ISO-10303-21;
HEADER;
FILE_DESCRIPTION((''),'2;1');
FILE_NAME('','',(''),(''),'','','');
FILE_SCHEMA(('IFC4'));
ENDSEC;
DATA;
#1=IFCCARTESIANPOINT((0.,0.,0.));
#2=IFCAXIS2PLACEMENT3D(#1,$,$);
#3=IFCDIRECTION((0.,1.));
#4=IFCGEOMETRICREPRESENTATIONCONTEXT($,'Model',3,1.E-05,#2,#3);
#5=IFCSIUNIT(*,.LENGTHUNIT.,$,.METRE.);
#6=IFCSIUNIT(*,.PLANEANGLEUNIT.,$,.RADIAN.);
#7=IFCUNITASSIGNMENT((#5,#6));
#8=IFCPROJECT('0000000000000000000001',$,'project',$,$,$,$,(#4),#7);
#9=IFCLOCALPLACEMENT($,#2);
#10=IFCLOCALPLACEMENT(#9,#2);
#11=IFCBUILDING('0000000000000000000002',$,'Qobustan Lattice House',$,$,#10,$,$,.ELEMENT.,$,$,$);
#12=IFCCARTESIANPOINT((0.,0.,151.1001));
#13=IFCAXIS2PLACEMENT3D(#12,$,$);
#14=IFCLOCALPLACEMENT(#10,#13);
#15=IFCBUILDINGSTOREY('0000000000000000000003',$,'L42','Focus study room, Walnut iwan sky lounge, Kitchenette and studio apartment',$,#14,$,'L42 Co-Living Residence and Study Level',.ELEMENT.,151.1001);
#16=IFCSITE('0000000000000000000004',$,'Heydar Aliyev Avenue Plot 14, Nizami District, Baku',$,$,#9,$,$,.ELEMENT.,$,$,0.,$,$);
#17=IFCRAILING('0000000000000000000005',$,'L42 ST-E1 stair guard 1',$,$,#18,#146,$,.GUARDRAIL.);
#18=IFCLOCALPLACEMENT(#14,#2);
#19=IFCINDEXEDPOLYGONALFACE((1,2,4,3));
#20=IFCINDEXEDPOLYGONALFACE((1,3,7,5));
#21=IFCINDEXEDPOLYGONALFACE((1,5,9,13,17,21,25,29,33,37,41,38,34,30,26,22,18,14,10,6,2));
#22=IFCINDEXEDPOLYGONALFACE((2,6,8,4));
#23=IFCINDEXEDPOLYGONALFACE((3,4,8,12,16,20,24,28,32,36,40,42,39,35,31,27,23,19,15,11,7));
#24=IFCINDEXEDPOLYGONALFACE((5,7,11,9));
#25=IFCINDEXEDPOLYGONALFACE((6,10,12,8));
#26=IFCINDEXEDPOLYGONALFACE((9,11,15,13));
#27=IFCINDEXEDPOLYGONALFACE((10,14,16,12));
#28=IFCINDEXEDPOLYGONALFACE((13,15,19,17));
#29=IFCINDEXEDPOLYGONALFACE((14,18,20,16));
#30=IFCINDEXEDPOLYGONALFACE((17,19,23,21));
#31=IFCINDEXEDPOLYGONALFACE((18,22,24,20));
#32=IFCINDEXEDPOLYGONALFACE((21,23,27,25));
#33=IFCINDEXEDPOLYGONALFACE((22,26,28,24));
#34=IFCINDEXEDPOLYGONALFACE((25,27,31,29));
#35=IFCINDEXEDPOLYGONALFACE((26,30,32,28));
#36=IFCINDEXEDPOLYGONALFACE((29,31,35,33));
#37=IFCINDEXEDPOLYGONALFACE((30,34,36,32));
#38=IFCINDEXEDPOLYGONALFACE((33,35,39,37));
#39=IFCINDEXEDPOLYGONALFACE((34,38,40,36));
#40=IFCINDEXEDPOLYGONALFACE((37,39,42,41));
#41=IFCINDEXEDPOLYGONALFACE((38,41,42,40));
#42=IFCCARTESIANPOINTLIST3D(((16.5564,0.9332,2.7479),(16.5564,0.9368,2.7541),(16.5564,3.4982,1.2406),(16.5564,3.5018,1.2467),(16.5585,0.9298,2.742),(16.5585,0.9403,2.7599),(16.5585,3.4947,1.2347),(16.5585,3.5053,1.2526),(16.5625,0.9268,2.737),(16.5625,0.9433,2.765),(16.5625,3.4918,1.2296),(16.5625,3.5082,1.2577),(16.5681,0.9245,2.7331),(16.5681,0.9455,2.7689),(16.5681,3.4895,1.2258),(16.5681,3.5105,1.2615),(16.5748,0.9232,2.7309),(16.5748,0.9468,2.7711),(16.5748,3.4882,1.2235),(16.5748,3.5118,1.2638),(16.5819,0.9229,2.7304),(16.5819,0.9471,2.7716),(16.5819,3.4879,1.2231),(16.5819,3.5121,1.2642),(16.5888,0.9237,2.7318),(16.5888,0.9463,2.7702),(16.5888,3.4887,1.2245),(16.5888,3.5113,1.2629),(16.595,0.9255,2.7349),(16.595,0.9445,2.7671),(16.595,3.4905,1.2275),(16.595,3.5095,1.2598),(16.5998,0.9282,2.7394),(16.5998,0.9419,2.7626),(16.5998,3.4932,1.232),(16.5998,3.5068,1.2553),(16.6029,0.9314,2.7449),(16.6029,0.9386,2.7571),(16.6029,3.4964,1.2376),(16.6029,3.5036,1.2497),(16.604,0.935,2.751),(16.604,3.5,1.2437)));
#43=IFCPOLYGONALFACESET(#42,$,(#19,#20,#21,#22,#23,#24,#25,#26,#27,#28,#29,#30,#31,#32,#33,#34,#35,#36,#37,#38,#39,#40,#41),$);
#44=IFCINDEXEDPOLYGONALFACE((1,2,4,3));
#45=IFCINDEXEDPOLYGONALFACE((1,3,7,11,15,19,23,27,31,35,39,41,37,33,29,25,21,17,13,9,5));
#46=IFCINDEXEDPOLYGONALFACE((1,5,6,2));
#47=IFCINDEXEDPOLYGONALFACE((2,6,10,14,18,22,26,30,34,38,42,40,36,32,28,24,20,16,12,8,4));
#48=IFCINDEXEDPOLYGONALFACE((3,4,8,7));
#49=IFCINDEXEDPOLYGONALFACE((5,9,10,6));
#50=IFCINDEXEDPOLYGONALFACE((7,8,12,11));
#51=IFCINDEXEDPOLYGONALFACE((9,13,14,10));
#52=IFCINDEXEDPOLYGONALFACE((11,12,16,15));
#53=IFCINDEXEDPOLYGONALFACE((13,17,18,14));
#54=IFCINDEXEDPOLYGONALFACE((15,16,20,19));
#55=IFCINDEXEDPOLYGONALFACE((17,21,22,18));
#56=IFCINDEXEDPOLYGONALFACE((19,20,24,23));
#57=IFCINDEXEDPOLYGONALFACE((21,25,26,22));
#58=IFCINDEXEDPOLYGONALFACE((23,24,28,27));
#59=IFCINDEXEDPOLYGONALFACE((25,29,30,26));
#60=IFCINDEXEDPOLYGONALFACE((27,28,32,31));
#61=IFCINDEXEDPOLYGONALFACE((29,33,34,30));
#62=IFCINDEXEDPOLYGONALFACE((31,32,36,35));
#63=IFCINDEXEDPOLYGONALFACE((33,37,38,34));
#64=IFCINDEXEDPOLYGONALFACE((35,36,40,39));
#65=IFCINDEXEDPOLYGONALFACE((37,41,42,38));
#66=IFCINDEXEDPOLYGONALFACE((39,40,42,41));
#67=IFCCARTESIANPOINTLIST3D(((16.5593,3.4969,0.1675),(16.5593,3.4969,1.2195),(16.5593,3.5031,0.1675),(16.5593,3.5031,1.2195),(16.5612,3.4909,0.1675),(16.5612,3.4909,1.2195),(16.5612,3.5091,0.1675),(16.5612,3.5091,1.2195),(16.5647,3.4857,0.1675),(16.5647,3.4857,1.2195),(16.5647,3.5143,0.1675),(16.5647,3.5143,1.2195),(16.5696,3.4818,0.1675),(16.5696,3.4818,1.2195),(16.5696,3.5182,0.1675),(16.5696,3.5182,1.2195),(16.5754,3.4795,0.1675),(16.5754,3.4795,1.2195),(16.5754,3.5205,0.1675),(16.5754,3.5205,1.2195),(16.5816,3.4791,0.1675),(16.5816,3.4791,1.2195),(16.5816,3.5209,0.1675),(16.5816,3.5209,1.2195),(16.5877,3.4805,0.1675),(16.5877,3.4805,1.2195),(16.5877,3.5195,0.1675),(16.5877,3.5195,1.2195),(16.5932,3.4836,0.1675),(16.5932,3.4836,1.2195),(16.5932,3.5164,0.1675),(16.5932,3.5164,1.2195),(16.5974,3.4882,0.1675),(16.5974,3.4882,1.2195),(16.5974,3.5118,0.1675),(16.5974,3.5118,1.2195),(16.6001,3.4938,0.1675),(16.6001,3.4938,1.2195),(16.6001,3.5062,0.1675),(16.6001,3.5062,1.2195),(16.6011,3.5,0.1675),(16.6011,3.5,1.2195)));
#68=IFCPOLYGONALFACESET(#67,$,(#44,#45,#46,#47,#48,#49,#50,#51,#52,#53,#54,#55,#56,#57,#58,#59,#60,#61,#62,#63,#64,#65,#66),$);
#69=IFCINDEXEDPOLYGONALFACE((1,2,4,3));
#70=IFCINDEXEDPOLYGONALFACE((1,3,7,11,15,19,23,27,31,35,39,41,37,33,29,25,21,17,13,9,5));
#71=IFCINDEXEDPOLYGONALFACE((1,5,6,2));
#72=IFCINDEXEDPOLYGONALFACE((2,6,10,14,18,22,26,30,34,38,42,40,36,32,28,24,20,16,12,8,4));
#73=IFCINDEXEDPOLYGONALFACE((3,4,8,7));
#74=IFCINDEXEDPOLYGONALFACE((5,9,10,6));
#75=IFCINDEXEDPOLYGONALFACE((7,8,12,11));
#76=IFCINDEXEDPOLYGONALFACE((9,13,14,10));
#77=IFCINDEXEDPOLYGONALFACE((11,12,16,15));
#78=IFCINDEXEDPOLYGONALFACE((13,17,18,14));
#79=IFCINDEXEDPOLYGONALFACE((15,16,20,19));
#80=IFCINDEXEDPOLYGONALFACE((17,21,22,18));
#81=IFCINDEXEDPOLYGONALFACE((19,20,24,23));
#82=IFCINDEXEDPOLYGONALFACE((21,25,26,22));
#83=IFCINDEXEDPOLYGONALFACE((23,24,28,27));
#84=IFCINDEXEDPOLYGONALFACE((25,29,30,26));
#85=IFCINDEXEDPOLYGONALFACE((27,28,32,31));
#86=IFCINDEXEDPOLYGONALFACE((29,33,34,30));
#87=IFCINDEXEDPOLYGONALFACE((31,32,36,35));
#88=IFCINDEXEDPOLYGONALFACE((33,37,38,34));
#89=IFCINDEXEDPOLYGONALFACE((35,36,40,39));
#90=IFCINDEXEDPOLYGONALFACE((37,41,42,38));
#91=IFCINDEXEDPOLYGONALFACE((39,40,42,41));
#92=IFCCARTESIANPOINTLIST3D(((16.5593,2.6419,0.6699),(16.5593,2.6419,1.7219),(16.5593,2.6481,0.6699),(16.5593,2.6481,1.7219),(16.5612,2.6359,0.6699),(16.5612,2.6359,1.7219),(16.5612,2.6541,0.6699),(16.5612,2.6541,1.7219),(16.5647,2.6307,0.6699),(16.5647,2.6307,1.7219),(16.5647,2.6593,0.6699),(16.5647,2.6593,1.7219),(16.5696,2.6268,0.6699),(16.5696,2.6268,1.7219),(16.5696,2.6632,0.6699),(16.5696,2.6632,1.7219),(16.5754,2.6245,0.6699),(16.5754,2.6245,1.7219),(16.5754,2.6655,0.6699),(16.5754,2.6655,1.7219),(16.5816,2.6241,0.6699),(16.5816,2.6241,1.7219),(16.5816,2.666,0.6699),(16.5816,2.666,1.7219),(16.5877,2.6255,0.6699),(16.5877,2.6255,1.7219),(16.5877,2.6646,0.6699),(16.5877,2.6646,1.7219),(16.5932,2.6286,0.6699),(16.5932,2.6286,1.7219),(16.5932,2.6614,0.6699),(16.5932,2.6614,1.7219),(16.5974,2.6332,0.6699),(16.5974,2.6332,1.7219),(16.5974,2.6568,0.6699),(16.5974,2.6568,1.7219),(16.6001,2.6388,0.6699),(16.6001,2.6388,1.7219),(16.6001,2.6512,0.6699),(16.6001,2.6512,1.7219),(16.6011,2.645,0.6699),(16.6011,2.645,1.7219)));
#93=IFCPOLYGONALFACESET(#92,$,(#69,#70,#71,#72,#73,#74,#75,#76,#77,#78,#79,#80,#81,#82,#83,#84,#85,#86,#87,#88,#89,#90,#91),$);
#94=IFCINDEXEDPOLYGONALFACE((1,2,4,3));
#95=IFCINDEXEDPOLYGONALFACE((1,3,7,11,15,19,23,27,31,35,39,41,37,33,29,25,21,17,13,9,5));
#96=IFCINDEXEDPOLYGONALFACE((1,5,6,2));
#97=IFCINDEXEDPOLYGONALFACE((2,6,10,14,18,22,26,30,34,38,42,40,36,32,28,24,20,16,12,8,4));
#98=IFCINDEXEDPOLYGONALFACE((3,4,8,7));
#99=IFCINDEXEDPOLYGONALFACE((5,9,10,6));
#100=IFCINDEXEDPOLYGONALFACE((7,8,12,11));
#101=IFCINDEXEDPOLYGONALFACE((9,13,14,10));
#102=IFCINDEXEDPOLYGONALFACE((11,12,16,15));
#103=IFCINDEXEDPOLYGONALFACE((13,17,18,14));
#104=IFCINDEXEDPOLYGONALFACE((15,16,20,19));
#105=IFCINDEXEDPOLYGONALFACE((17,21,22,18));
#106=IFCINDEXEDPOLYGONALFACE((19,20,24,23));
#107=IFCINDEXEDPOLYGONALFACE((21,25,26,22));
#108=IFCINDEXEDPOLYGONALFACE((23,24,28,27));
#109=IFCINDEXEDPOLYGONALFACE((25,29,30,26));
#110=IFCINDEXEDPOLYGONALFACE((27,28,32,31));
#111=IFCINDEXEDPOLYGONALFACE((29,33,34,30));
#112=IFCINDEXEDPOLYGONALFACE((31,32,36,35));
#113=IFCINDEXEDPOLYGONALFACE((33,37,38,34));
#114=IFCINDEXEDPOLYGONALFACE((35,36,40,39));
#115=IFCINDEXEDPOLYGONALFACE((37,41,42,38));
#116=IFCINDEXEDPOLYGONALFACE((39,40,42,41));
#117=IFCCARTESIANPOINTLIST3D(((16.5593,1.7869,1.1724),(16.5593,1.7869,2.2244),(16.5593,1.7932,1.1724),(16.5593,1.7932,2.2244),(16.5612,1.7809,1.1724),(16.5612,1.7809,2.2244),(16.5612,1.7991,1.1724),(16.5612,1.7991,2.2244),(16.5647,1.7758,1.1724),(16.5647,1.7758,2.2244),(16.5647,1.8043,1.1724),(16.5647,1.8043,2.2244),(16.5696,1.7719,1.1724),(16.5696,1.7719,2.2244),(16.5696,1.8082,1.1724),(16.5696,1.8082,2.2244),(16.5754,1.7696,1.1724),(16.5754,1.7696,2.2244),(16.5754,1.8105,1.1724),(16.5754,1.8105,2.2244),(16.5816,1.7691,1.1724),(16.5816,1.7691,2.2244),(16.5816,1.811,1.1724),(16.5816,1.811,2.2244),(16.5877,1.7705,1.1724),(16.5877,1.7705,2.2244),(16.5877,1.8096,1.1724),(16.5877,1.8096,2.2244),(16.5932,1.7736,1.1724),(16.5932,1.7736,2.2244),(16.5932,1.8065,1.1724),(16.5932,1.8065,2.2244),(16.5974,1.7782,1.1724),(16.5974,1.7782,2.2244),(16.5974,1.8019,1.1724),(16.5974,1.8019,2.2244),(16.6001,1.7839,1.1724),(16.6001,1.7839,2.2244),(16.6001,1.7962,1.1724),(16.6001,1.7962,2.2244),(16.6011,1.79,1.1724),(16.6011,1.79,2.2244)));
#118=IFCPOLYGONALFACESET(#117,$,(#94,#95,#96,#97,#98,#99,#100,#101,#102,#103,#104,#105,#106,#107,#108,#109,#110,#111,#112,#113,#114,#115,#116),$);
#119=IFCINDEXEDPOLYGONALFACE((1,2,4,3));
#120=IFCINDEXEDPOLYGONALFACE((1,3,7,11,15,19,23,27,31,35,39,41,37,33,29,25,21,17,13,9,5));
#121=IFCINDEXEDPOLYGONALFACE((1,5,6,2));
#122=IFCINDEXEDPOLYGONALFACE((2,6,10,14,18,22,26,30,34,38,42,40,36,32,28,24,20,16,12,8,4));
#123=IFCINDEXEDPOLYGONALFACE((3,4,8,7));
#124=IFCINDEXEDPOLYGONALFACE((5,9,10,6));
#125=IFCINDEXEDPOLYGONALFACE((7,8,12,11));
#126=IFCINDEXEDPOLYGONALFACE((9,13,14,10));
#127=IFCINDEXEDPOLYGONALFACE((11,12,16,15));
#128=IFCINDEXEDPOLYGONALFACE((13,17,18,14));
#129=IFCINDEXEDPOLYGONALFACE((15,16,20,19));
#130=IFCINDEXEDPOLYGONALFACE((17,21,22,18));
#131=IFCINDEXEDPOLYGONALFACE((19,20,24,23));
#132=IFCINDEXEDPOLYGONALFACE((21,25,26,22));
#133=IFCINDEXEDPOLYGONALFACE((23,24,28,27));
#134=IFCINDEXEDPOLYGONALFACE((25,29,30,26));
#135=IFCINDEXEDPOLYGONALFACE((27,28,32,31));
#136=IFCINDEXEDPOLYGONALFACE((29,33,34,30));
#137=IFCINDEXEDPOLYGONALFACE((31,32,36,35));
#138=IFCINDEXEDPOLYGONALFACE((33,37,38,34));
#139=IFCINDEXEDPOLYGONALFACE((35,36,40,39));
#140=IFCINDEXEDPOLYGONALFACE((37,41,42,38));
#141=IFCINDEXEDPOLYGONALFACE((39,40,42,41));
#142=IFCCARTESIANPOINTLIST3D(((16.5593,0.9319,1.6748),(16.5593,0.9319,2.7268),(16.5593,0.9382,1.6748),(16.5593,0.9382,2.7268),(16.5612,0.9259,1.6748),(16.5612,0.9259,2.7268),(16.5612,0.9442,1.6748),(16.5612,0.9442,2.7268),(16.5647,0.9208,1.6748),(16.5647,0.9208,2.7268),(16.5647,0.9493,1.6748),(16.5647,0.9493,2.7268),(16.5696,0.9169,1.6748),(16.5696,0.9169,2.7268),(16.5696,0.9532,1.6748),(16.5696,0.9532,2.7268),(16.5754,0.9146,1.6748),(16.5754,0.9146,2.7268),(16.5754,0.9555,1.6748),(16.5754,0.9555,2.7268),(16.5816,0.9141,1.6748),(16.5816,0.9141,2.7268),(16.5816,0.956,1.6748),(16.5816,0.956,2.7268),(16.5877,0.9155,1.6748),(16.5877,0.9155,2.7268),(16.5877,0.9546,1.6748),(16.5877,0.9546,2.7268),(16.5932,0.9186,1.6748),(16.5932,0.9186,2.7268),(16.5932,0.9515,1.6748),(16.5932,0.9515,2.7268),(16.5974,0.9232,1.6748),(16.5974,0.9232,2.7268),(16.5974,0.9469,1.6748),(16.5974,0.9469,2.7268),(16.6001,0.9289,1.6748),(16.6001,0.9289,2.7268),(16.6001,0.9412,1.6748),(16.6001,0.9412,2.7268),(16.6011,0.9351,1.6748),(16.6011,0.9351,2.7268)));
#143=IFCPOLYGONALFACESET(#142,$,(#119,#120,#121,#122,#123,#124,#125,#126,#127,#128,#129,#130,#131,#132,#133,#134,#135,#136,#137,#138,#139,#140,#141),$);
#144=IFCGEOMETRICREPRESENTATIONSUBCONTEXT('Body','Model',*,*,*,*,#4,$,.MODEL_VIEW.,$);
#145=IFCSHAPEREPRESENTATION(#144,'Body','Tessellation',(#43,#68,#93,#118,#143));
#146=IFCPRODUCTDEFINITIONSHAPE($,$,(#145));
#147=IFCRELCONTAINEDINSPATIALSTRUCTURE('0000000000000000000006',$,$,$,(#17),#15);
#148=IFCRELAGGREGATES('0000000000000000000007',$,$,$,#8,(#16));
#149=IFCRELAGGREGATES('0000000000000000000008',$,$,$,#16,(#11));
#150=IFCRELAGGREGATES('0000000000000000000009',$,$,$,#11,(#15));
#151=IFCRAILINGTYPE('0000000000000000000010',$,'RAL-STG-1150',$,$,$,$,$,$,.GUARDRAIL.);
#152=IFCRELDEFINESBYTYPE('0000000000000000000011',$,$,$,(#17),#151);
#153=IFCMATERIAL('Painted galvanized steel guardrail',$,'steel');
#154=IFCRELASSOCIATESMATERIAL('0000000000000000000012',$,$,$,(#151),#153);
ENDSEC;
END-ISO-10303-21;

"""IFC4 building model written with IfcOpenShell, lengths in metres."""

from ifc_helpers import new_model, si_unit, direction, frame, origin, origin_2d, place, context, subcontext, project, spatial, circle, extrude, material, type_object, element, save


model = new_model("IFC4")

# Units and contexts
model_context = context("Model", 3, precision=1e-05, world=origin(), true_north=direction((0.0, 1.0)))
body_context = subcontext(model_context, "Body", "Model", "MODEL_VIEW")
ifc_project = project(units=[si_unit("LENGTHUNIT", "METRE"), si_unit("PLANEANGLEUNIT", "RADIAN")], contexts=[model_context])

# Site, building, storey
site_placement = place(None, origin())
site = spatial("IfcSite", under=ifc_project, at=site_placement, Name="Heydar Aliyev Avenue Plot 14, Nizami District, Baku", CompositionType="ELEMENT", RefElevation=0.0)
building_placement = place(site_placement, origin())
building = spatial("IfcBuilding", under=site, at=building_placement, Name="Qobustan Lattice House", CompositionType="ELEMENT")
storey_placement = place(building_placement, frame((0.0, 0.0, 151.1001)))
storey = spatial("IfcBuildingStorey", under=building, at=storey_placement, Name="L42", Description="Focus study room, Walnut iwan sky lounge, Kitchenette and studio apartment", LongName="L42 Co-Living Residence and Study Level", CompositionType="ELEMENT", Elevation=151.1001)

# Railing
ifc_material_1 = material(Name="Painted galvanized steel guardrail", Category="steel")
railing_type_1 = type_object("IfcRailingType", Name="RAL-STG-1150", PredefinedType="GUARDRAIL", material=ifc_material_1)
railing_1_placement = place(storey_placement, frame((16.5801, 3.5, 0.1675)))
element("IfcRailing", 1, at=railing_1_placement, inside=storey, type_object=railing_type_1, Name="L42 ST-E1 stair guard 1", PredefinedType="GUARDRAIL", context=body_context, shape_type="SweptSolid", body=[
    extrude(circle(Radius=0.0239, at=origin_2d()), frame((0.0, 0.0, 1.0762), z_axis=(0.0, -0.862149, 0.506654), x_axis=(1.0, 0.0, 0.0)), (0.0, 0.0, 1.0), 2.9751),
    extrude(circle(Radius=0.021, at=origin_2d()), origin(), (0.0, 0.0, 1.0), 1.052),
    extrude(circle(Radius=0.021, at=origin_2d()), frame((0.0, -0.855, 0.5024)), (0.0, 0.0, 1.0), 1.052),
    extrude(circle(Radius=0.021, at=origin_2d()), frame((0.0, -1.71, 1.0049)), (0.0, 0.0, 1.0), 1.052),
    extrude(circle(Radius=0.021, at=origin_2d()), frame((0.0, -2.5649, 1.5073)), (0.0, 0.0, 1.0), 1.052),
])

save(model, "model.ifc")
